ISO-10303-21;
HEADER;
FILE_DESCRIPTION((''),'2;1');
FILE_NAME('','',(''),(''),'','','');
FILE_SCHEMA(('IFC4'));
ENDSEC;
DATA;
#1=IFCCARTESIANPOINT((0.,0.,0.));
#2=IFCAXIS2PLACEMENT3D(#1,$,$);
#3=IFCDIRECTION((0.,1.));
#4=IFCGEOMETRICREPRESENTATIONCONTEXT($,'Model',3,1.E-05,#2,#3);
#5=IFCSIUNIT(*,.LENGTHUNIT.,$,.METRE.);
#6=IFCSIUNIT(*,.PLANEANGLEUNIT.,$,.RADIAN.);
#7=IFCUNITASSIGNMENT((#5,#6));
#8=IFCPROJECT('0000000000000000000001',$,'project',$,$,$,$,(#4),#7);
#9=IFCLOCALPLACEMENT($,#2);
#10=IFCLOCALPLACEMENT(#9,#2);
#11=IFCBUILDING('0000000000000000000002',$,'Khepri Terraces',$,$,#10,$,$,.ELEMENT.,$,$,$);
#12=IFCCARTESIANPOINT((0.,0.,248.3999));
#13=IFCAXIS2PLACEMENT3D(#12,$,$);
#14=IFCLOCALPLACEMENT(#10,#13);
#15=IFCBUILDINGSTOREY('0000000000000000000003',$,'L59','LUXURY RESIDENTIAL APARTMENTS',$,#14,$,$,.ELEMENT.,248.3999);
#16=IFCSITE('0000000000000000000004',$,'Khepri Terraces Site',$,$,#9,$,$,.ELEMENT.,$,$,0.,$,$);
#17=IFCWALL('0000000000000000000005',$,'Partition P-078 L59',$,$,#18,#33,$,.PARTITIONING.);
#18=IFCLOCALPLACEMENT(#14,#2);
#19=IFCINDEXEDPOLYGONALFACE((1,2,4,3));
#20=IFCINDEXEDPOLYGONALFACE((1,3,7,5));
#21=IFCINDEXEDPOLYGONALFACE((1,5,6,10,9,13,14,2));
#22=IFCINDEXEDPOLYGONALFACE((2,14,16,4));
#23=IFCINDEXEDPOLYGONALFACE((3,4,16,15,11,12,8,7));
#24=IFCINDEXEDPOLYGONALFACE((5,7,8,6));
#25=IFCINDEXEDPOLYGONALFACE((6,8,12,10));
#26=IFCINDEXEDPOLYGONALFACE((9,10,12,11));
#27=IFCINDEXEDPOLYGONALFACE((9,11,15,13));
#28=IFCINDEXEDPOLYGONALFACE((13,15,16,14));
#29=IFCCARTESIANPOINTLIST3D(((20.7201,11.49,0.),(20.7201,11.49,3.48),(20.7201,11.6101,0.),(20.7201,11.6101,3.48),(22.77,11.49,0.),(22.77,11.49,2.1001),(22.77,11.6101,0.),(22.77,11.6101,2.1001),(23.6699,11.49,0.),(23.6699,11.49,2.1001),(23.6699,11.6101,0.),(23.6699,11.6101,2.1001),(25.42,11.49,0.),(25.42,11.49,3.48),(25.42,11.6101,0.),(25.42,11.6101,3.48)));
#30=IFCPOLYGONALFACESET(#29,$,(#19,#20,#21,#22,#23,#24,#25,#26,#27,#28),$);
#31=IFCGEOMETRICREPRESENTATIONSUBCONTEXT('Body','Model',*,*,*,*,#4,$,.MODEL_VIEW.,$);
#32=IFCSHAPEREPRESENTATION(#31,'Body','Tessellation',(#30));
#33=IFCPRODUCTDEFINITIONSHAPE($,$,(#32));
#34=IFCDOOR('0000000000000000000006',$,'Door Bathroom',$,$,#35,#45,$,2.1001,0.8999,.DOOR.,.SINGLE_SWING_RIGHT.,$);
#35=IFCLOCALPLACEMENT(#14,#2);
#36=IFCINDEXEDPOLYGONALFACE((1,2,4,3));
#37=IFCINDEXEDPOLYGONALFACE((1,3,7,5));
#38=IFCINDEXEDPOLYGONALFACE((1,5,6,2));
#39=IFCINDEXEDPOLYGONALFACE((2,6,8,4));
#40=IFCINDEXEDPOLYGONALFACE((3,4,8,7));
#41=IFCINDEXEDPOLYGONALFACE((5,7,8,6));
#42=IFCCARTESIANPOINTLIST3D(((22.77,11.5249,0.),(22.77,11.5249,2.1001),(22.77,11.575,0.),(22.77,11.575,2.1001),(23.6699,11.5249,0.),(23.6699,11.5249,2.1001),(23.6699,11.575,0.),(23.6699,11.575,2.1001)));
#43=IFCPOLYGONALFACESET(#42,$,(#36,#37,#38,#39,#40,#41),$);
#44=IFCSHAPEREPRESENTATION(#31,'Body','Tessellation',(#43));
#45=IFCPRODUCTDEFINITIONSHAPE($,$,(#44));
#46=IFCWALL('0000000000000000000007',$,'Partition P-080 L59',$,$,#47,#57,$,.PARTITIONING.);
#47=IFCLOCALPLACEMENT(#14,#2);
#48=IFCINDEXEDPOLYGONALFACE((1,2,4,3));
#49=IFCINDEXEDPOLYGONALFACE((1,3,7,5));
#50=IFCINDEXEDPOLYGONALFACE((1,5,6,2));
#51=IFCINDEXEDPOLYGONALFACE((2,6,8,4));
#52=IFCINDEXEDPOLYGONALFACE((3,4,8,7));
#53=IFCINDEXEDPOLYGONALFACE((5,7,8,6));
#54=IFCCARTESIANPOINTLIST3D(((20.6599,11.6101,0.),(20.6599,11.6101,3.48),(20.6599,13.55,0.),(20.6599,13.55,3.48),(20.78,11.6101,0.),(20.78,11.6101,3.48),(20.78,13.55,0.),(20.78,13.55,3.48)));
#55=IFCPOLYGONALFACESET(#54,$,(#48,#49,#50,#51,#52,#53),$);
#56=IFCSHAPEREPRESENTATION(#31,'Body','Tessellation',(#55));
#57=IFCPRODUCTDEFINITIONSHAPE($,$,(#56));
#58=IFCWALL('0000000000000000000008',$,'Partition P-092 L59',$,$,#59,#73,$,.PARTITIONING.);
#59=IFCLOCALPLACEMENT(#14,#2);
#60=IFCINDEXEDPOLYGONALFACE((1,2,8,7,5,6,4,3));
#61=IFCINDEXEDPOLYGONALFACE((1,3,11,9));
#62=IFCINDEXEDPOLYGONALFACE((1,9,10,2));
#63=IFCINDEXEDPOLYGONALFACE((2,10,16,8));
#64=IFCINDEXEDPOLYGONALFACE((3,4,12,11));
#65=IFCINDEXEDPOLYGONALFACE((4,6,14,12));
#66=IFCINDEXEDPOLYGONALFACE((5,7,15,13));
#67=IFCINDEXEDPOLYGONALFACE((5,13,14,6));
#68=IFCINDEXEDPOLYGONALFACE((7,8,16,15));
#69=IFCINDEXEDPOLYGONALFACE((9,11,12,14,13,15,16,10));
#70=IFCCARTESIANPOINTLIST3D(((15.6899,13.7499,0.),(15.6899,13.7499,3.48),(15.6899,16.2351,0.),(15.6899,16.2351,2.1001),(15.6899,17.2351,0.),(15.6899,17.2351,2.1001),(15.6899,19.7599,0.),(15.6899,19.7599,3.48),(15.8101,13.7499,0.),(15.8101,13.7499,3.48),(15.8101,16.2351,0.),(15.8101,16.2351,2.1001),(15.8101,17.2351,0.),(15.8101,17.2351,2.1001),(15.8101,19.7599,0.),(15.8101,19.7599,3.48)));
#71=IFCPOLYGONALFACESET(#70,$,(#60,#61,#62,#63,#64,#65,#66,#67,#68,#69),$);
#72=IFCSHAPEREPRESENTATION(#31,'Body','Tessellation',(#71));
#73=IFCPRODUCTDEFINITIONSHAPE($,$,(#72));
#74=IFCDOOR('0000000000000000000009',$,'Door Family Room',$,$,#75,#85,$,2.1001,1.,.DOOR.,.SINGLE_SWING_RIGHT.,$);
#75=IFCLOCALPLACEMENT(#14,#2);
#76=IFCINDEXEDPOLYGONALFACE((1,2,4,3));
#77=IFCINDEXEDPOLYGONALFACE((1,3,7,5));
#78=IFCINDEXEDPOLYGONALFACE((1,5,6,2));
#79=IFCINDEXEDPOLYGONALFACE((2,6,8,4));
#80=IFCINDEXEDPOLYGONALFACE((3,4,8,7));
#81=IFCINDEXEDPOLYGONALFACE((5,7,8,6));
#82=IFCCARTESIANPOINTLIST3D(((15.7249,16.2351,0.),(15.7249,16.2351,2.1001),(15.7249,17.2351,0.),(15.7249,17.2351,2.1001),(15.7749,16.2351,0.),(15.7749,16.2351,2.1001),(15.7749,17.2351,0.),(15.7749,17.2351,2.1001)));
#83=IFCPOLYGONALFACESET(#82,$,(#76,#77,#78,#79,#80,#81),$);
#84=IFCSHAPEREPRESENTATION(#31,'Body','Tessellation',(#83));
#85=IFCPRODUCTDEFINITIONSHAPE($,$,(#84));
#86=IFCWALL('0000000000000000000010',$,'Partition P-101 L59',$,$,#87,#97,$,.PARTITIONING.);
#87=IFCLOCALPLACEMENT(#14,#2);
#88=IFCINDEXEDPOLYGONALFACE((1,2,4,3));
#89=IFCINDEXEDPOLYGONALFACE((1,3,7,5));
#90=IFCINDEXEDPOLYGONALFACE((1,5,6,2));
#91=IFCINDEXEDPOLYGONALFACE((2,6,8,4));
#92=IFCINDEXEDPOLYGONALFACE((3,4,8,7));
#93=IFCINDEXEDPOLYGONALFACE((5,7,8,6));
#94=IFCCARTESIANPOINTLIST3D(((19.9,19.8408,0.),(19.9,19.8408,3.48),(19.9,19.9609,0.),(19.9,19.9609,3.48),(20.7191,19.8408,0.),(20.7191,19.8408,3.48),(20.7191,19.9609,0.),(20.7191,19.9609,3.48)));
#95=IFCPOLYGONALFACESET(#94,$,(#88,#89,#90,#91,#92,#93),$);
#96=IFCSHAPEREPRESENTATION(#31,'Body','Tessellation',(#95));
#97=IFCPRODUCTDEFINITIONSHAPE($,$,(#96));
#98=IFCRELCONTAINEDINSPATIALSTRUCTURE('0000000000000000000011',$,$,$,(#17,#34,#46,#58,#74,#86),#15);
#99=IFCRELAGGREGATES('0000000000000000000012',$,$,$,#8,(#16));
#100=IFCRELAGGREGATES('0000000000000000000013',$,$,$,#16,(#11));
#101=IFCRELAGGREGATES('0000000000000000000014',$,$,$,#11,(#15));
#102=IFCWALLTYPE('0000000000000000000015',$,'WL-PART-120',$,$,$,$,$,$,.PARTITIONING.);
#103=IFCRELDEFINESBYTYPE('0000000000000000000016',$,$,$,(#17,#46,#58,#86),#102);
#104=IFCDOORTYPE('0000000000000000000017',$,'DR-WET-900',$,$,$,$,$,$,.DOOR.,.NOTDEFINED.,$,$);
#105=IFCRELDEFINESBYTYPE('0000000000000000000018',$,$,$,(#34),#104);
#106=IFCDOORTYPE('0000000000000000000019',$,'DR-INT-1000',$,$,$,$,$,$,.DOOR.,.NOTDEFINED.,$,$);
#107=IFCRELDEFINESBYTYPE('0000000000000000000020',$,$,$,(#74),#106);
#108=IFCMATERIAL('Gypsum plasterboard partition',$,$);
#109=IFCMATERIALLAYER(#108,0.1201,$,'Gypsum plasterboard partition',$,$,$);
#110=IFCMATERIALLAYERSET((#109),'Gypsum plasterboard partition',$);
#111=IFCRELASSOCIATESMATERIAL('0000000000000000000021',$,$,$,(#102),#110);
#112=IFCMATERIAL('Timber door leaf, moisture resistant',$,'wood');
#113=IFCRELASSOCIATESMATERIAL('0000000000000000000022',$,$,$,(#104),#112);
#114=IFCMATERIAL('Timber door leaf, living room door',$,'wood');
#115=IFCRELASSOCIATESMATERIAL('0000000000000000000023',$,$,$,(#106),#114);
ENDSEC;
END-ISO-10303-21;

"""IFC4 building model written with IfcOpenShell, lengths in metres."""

from ifc_helpers import new_model, si_unit, direction, frame, frame_2d, origin, place, context, subcontext, project, spatial, rectangle, extrude, material, layer, layer_set, type_object, element, fill, save


model = new_model("IFC4")

# Units and contexts
model_context = context("Model", 3, precision=1e-05, world=origin(), true_north=direction((0.0, 1.0)))
body_context = subcontext(model_context, "Body", "Model", "MODEL_VIEW")
ifc_project = project(units=[si_unit("LENGTHUNIT", "METRE"), si_unit("PLANEANGLEUNIT", "RADIAN")], contexts=[model_context])

# Site, building, storey
site_placement = place(None, origin())
site = spatial("IfcSite", under=ifc_project, at=site_placement, Name="Khepri Terraces Site", CompositionType="ELEMENT", RefElevation=0.0)
building_placement = place(site_placement, origin())
building = spatial("IfcBuilding", under=site, at=building_placement, Name="Khepri Terraces", CompositionType="ELEMENT")
storey_placement = place(building_placement, frame((0.0, 0.0, 248.3999)))
storey = spatial("IfcBuildingStorey", under=building, at=storey_placement, Name="L59", Description="LUXURY RESIDENTIAL APARTMENTS", CompositionType="ELEMENT", Elevation=248.3999)

# Wall, opening, door
ifc_material_1 = material(Name="Gypsum plasterboard partition")
ifc_layer_1 = layer(ifc_material_1, 0.1201, Name="Gypsum plasterboard partition")
ifc_layer_set_1 = layer_set([ifc_layer_1], Name="Gypsum plasterboard partition")
wall_type_1 = type_object("IfcWallType", Name="WL-PART-120", PredefinedType="PARTITIONING", material=ifc_layer_set_1)
wall_1_placement = place(storey_placement, frame((20.72, 11.55, 0.0), z_axis=(0.0, 0.0, 1.0), x_axis=(1.0, 0.0, 0.0)))
wall_1 = element("IfcWall", 1, at=wall_1_placement, inside=storey, type_object=wall_type_1, Name="Partition P-078 L59", PredefinedType="PARTITIONING", context=body_context, shape_type="SweptSolid", body=[
    extrude(rectangle(XDim=4.7, YDim=0.1201, at=frame_2d((2.3501, 0.0))), origin(), (0.0, 0.0, 1.0), 3.48),
])
opening_1_placement = place(wall_1_placement, frame((2.05, 0.0, 0.0)))
opening_1 = element("IfcOpeningElement", 2, at=opening_1_placement, cuts=wall_1, PredefinedType="OPENING", context=body_context, shape_type="SweptSolid", body=[
    extrude(rectangle(XDim=0.8999, YDim=2.1001, at=frame_2d((0.45, 1.05))), frame((0.0, 0.0701, 0.0), z_axis=(0.0, -1.0, 0.0), x_axis=(1.0, 0.0, 0.0)), (0.0, 0.0, 1.0), 0.1401),
])
ifc_material_2 = material(Name="Timber door leaf, moisture resistant", Category="wood")
door_type_1 = type_object("IfcDoorType", Name="DR-WET-900", OperationType="NOTDEFINED", PredefinedType="DOOR", material=ifc_material_2)
door_1_placement = place(opening_1_placement, origin())
door_1 = element("IfcDoor", 3, at=door_1_placement, inside=storey, type_object=door_type_1, Name="Door Bathroom", OperationType="SINGLE_SWING_RIGHT", OverallHeight=2.1001, OverallWidth=0.8999, PredefinedType="DOOR", context=body_context, shape_type="SweptSolid", body=[
    extrude(rectangle(XDim=0.8999, YDim=2.1001, at=frame_2d((0.45, 1.05))), frame((0.0, 0.0249, 0.0), z_axis=(0.0, -1.0, 0.0), x_axis=(1.0, 0.0, 0.0)), (0.0, 0.0, 1.0), 0.05),
])
fill(opening_1, door_1)

# Wall
wall_2_placement = place(storey_placement, frame((20.72, 11.6101, 0.0), z_axis=(0.0, 0.0, 1.0), x_axis=(0.0, 1.0, 0.0)))
element("IfcWall", 4, at=wall_2_placement, inside=storey, type_object=wall_type_1, Name="Partition P-080 L59", PredefinedType="PARTITIONING", context=body_context, shape_type="SweptSolid", body=[
    extrude(rectangle(XDim=1.9399, YDim=0.1201, at=frame_2d((0.97, 0.0))), origin(), (0.0, 0.0, 1.0), 3.48),
])

# Wall, opening, door
wall_3_placement = place(storey_placement, frame((15.75, 13.75, 0.0), z_axis=(0.0, 0.0, 1.0), x_axis=(0.0, 1.0, 0.0)))
wall_3 = element("IfcWall", 5, at=wall_3_placement, inside=storey, type_object=wall_type_1, Name="Partition P-092 L59", PredefinedType="PARTITIONING", context=body_context, shape_type="SweptSolid", body=[
    extrude(rectangle(XDim=6.01, YDim=0.1201, at=frame_2d((3.0049, 0.0))), origin(), (0.0, 0.0, 1.0), 3.48),
])
opening_2_placement = place(wall_3_placement, frame((2.4851, 0.0, 0.0)))
opening_2 = element("IfcOpeningElement", 6, at=opening_2_placement, cuts=wall_3, PredefinedType="OPENING", context=body_context, shape_type="SweptSolid", body=[
    extrude(rectangle(XDim=1.0, YDim=2.1001, at=frame_2d((0.5, 1.05))), frame((0.0, 0.0701, 0.0), z_axis=(0.0, -1.0, 0.0), x_axis=(1.0, 0.0, 0.0)), (0.0, 0.0, 1.0), 0.1401),
])
ifc_material_3 = material(Name="Timber door leaf, living room door", Category="wood")
door_type_2 = type_object("IfcDoorType", Name="DR-INT-1000", OperationType="NOTDEFINED", PredefinedType="DOOR", material=ifc_material_3)
door_2_placement = place(opening_2_placement, frame((1.0, 0.0, 0.0), z_axis=(0.0, 0.0, 1.0), x_axis=(-1.0, 0.0, 0.0)))
door_2 = element("IfcDoor", 7, at=door_2_placement, inside=storey, type_object=door_type_2, Name="Door Family Room", OperationType="SINGLE_SWING_RIGHT", OverallHeight=2.1001, OverallWidth=1.0, PredefinedType="DOOR", context=body_context, shape_type="SweptSolid", body=[
    extrude(rectangle(XDim=1.0, YDim=2.1001, at=frame_2d((0.5, 1.05))), frame((0.0, 0.0249, 0.0), z_axis=(0.0, -1.0, 0.0), x_axis=(1.0, 0.0, 0.0)), (0.0, 0.0, 1.0), 0.05),
])
fill(opening_2, door_2)

# Wall
wall_4_placement = place(storey_placement, frame((19.8999, 19.9009, 0.0), z_axis=(0.0, 0.0, 1.0), x_axis=(1.0, 0.0, 0.0)))
element("IfcWall", 8, at=wall_4_placement, inside=storey, type_object=wall_type_1, Name="Partition P-101 L59", PredefinedType="PARTITIONING", context=body_context, shape_type="SweptSolid", body=[
    extrude(rectangle(XDim=0.8191, YDim=0.1201, at=frame_2d((0.4097, 0.0))), origin(), (0.0, 0.0, 1.0), 3.48),
])

save(model, "model.ifc")
